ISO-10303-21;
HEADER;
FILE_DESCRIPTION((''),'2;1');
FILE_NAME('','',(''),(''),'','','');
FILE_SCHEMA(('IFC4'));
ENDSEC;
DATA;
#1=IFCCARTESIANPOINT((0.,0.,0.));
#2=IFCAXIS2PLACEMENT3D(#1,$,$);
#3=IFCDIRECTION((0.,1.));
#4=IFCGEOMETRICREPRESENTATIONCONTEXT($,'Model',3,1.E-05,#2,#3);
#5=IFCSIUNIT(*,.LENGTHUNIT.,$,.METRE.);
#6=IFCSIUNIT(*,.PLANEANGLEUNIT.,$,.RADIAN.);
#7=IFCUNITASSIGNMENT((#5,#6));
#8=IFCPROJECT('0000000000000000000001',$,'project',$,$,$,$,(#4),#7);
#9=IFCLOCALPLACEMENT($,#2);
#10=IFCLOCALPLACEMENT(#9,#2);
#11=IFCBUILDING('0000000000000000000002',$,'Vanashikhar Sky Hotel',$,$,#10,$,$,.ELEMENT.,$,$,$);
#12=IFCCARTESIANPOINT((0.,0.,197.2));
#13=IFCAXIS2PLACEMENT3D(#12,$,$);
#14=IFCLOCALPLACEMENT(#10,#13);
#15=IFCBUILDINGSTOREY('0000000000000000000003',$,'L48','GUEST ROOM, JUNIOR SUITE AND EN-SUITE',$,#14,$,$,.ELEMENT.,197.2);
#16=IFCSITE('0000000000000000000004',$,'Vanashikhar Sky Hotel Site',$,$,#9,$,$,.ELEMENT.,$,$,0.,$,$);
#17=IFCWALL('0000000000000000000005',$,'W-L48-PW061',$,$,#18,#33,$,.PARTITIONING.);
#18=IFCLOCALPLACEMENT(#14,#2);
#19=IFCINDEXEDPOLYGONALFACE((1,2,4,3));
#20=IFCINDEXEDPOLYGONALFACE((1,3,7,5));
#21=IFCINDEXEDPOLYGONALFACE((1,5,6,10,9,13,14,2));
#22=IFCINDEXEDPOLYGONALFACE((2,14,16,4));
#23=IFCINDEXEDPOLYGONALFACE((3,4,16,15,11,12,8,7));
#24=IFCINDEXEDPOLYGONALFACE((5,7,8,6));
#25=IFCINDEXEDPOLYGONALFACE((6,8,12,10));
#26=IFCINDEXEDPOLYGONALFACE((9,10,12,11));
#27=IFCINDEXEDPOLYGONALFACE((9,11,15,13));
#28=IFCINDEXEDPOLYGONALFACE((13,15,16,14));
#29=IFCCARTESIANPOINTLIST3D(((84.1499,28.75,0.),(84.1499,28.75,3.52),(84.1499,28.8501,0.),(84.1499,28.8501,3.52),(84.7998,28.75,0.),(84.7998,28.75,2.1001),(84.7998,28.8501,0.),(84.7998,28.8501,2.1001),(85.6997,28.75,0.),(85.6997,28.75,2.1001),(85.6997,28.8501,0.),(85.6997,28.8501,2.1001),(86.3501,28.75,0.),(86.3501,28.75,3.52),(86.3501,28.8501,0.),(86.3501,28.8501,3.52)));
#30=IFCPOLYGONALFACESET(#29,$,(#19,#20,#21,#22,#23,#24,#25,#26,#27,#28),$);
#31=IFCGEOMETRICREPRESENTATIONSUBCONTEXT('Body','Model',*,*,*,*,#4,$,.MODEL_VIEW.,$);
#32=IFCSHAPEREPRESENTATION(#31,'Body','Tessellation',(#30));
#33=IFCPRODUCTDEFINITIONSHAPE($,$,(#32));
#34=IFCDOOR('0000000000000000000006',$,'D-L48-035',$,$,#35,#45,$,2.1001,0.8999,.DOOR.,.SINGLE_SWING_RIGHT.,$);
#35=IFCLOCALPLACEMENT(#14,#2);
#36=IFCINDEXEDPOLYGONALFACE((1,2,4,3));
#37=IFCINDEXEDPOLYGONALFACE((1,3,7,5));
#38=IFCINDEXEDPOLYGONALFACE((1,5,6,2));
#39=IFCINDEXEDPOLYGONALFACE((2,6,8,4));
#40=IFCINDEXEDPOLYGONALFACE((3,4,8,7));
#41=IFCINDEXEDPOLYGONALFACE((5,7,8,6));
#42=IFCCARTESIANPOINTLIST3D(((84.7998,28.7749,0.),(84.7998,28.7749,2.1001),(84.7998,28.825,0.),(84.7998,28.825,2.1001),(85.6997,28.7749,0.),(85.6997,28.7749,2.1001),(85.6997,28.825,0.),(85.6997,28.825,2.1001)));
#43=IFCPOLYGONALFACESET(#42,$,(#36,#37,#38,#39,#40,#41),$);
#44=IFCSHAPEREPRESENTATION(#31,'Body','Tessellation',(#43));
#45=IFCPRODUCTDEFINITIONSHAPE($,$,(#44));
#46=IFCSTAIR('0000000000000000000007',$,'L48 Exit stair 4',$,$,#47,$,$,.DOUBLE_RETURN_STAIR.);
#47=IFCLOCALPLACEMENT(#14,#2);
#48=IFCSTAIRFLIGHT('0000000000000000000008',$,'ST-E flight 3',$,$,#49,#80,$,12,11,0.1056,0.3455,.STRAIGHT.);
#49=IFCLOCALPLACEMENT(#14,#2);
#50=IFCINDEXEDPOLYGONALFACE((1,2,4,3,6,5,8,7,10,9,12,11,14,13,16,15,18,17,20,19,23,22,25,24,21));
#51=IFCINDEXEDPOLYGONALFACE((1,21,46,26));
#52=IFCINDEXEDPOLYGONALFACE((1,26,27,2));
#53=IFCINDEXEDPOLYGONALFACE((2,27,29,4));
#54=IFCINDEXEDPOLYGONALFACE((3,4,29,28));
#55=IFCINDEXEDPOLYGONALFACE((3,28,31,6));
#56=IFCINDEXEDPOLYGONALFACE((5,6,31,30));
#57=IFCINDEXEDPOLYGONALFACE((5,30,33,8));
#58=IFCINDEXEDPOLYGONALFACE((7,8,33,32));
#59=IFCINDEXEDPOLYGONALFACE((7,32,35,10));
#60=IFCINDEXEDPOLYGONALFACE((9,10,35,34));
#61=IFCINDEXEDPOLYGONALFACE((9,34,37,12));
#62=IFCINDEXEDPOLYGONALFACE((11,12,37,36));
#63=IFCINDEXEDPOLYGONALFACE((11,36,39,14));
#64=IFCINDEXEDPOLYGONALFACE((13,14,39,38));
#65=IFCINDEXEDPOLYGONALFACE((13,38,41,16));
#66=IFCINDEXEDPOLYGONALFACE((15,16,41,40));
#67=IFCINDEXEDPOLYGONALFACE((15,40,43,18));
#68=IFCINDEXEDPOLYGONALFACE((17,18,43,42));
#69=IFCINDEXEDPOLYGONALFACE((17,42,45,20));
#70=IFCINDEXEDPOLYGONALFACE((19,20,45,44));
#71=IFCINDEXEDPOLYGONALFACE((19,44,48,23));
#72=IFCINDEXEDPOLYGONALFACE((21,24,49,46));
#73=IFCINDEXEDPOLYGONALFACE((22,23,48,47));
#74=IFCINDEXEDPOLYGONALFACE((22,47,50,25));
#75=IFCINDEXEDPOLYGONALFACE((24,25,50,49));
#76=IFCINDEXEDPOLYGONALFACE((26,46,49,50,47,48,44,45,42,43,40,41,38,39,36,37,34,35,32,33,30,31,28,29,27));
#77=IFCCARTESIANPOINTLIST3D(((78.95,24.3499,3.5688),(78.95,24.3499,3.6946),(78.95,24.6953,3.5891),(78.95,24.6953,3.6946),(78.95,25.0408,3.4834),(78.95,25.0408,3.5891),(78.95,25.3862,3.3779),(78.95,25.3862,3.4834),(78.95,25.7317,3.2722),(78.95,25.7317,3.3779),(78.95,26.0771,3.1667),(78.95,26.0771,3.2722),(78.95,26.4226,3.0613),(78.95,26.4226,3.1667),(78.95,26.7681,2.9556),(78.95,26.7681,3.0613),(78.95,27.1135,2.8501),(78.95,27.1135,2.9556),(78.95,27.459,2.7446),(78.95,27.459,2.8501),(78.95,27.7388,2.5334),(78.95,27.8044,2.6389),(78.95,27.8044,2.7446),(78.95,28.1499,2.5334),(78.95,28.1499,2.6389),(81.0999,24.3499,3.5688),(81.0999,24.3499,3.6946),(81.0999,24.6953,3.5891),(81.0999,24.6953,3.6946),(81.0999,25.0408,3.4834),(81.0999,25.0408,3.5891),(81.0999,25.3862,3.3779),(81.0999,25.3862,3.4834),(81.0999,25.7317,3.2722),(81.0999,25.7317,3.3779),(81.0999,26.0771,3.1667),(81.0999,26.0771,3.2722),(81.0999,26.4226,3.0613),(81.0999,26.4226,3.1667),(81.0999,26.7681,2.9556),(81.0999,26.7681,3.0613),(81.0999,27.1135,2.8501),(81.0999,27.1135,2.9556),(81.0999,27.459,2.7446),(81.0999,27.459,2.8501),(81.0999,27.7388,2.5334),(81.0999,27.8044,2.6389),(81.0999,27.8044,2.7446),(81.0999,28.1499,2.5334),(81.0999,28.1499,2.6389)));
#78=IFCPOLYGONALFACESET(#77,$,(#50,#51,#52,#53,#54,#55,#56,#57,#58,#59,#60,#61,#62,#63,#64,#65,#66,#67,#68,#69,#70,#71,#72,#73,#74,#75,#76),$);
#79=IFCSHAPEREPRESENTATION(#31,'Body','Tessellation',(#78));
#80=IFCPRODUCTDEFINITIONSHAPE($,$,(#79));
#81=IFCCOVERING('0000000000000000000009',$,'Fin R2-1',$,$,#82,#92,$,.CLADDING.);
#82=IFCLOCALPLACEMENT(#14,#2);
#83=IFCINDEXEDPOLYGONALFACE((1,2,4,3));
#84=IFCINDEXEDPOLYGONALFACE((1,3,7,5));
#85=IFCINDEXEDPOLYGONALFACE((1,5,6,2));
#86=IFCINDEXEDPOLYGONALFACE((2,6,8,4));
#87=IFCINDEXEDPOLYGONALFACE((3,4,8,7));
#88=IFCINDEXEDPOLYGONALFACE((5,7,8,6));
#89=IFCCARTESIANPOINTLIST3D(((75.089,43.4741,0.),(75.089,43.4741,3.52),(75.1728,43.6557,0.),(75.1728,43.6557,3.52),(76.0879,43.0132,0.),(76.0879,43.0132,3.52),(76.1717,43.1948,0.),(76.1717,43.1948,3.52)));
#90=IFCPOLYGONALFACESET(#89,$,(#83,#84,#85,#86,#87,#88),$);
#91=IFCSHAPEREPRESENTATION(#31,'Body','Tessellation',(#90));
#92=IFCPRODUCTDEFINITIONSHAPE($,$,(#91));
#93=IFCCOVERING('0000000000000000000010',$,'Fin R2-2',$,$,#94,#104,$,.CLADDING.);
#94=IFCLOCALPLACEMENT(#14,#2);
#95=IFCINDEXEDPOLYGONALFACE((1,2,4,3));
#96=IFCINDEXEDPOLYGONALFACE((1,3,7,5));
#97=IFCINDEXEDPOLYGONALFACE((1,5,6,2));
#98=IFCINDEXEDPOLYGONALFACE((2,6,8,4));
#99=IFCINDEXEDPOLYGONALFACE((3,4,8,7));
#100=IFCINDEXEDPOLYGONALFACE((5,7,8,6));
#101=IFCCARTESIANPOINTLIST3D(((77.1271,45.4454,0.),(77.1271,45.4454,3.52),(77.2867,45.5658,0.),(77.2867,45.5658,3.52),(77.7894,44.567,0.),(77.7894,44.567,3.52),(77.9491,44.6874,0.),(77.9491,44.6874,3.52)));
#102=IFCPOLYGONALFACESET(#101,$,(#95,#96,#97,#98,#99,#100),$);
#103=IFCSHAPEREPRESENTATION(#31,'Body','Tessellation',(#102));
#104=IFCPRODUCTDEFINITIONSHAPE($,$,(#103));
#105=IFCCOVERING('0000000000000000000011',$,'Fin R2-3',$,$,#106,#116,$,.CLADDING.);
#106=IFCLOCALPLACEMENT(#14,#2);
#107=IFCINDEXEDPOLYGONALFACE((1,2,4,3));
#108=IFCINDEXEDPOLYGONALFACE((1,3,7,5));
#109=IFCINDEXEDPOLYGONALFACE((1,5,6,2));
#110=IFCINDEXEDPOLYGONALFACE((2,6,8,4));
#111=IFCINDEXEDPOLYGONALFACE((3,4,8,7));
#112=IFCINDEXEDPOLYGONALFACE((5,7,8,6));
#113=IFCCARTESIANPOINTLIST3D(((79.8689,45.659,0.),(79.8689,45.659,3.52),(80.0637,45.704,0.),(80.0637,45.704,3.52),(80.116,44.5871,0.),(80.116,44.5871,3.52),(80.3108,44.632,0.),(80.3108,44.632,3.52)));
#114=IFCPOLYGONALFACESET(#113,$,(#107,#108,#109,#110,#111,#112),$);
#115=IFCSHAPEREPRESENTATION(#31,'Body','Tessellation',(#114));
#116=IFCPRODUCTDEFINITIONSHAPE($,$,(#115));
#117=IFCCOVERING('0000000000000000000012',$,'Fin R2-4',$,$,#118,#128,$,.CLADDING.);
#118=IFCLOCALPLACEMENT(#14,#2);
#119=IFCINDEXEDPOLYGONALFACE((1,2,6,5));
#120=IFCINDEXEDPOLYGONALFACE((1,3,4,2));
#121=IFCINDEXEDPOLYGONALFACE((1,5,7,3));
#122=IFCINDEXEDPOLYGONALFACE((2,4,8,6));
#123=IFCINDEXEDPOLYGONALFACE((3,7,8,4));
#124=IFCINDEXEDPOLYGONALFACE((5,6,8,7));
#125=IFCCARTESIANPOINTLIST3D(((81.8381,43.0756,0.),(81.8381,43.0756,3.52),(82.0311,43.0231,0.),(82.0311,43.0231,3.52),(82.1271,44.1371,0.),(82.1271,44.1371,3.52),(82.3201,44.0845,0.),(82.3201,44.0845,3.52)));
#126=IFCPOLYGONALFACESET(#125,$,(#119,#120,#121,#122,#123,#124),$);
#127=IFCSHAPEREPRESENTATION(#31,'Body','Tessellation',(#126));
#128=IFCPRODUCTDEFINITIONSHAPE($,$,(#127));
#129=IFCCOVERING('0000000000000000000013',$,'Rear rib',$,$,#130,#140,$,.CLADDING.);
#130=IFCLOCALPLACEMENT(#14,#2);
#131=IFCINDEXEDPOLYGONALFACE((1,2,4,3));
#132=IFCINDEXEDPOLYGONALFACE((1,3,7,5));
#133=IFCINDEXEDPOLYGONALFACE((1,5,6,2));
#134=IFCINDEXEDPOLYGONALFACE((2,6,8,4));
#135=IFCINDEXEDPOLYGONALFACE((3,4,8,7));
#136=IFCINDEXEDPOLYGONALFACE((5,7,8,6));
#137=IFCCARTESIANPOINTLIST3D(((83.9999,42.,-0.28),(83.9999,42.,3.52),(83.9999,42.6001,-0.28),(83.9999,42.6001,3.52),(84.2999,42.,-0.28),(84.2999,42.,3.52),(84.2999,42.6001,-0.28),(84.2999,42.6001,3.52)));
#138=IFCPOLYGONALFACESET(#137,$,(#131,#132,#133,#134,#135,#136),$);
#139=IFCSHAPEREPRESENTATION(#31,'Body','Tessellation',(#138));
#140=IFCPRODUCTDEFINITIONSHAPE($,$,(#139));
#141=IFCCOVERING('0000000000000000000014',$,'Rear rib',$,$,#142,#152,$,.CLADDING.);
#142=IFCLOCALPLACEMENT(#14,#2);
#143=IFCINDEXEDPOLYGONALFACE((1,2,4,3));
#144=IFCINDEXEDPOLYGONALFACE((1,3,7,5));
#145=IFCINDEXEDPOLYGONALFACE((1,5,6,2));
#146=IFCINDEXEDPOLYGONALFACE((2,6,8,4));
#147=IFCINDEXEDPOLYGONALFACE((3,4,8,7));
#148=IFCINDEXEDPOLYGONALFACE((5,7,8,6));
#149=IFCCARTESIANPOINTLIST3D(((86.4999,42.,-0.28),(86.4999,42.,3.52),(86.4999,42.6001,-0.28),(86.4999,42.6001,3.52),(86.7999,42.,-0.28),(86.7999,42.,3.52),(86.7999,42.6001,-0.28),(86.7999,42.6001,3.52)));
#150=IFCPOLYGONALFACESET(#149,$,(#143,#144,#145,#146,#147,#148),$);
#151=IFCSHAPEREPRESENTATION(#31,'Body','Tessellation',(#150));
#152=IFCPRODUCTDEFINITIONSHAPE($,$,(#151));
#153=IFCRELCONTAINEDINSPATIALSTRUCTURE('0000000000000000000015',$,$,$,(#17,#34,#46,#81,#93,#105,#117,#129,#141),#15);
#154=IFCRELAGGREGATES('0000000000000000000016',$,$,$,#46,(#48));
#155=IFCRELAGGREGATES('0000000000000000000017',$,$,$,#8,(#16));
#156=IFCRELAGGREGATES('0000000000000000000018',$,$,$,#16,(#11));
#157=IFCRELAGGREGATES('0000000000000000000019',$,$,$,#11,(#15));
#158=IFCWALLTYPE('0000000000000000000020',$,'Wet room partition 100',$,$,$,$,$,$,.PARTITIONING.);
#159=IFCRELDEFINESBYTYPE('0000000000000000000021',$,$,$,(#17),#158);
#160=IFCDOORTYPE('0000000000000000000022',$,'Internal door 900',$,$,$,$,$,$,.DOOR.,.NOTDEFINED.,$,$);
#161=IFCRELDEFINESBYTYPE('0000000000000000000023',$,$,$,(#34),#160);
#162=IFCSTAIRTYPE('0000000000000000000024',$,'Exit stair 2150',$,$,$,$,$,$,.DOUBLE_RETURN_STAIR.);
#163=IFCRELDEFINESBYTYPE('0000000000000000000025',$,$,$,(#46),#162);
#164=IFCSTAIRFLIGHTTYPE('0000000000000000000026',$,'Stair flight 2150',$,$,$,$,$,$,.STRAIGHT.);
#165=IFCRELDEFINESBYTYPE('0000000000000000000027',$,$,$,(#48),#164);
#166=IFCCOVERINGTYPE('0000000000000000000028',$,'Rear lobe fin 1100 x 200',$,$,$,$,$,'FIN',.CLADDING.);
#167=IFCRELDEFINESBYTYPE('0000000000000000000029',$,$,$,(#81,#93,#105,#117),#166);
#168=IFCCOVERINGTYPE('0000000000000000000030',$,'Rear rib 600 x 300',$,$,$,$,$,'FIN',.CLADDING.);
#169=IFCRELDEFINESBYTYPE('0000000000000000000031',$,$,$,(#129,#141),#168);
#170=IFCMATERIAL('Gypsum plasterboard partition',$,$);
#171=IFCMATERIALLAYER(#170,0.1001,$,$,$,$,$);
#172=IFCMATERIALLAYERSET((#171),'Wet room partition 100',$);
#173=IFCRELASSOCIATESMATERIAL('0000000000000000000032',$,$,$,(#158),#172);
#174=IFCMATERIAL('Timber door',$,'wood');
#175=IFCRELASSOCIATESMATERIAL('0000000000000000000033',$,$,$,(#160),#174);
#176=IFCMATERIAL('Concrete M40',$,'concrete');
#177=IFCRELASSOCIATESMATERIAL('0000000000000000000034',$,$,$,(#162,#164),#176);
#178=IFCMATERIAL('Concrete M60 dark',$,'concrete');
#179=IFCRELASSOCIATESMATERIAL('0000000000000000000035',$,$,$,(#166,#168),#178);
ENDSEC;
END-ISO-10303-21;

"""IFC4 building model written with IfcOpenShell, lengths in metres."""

from ifc_helpers import new_model, si_unit, direction, frame, frame_2d, origin, origin_2d, place, context, subcontext, project, spatial, polyline, rectangle, outline, extrude, source, transform, mapped, material, layer, layer_set, material_profile, profile_set, type_object, element, fill, aggregate, save


model = new_model("IFC4")

# Units and contexts
model_context = context("Model", 3, precision=1e-05, world=origin(), true_north=direction((0.0, 1.0)))
body_context = subcontext(model_context, "Body", "Model", "MODEL_VIEW")
ifc_project = project(units=[si_unit("LENGTHUNIT", "METRE"), si_unit("PLANEANGLEUNIT", "RADIAN")], contexts=[model_context])

# Site, building, storey
site_placement = place(None, origin())
site = spatial("IfcSite", under=ifc_project, at=site_placement, Name="Vanashikhar Sky Hotel Site", CompositionType="ELEMENT", RefElevation=0.0)
building_placement = place(site_placement, origin())
building = spatial("IfcBuilding", under=site, at=building_placement, Name="Vanashikhar Sky Hotel", CompositionType="ELEMENT")
storey_placement = place(building_placement, frame((0.0, 0.0, 197.2)))
storey = spatial("IfcBuildingStorey", under=building, at=storey_placement, Name="L48", Description="GUEST ROOM, JUNIOR SUITE AND EN-SUITE", CompositionType="ELEMENT", Elevation=197.2)

# Wall, opening, door
ifc_material_1 = material(Name="Gypsum plasterboard partition")
ifc_layer_1 = layer(ifc_material_1, 0.1001)
ifc_layer_set_1 = layer_set([ifc_layer_1], Name="Wet room partition 100")
wall_type_1 = type_object("IfcWallType", Name="Wet room partition 100", PredefinedType="PARTITIONING", material=ifc_layer_set_1)
shared_shape_1 = source(origin(), body_context, "Body", "SweptSolid", [
    extrude(rectangle(XDim=0.8999, YDim=2.1001, at=frame_2d((0.45, 1.05))), frame((0.0, 0.0601, 0.0), z_axis=(0.0, -1.0, 0.0), x_axis=(1.0, 0.0, 0.0)), (0.0, 0.0, 1.0), 0.1201),
])
ifc_material_2 = material(Name="Timber door", Category="wood")
door_type_1 = type_object("IfcDoorType", Name="Internal door 900", OperationType="NOTDEFINED", PredefinedType="DOOR", material=ifc_material_2)
shared_shape_2 = source(origin(), body_context, "Body", "SweptSolid", [
    extrude(rectangle(XDim=0.8999, YDim=2.1001, at=frame_2d((0.45, 1.05))), frame((0.0, 0.0249, 0.0), z_axis=(0.0, -1.0, 0.0), x_axis=(1.0, 0.0, 0.0)), (0.0, 0.0, 1.0), 0.05),
])
shared_shape_3 = source(origin(), body_context, "Body", "SweptSolid", [
    extrude(rectangle(XDim=2.2002, YDim=0.1001, at=frame_2d((1.1001, 0.0))), origin(), (0.0, 0.0, 1.0), 3.52),
])
wall_1_placement = place(storey_placement, frame((84.1499, 28.8, 0.0), z_axis=(0.0, 0.0, 1.0), x_axis=(1.0, 0.0, 0.0)))
wall_1 = element("IfcWall", 1, at=wall_1_placement, inside=storey, type_object=wall_type_1, Name="W-L48-PW061", PredefinedType="PARTITIONING", context=body_context, shape_type="MappedRepresentation", body=[
    mapped(shared_shape_3, transform((0.0, 0.0, 0.0), scale=1.0)),
])
opening_1_placement = place(wall_1_placement, frame((0.6499, 0.0, 0.0)))
opening_1 = element("IfcOpeningElement", 2, at=opening_1_placement, cuts=wall_1, PredefinedType="OPENING", context=body_context, shape_type="MappedRepresentation", body=[
    mapped(shared_shape_1, transform((0.0, 0.0, 0.0), scale=1.0)),
])
door_1_placement = place(opening_1_placement, origin())
door_1 = element("IfcDoor", 3, at=door_1_placement, inside=storey, type_object=door_type_1, Name="D-L48-035", OperationType="SINGLE_SWING_RIGHT", OverallHeight=2.1001, OverallWidth=0.8999, PredefinedType="DOOR", context=body_context, shape_type="MappedRepresentation", body=[
    mapped(shared_shape_2, transform((0.0, 0.0, 0.0), scale=1.0)),
])
fill(opening_1, door_1)

# Stair, stair flight
ifc_material_3 = material(Name="Concrete M40", Category="concrete")
stair_type = type_object("IfcStairType", Name="Exit stair 2150", PredefinedType="DOUBLE_RETURN_STAIR", material=ifc_material_3)
stair_placement = place(storey_placement, origin())
stair = element("IfcStair", 4, at=stair_placement, inside=storey, type_object=stair_type, Name="L48 Exit stair 4", PredefinedType="DOUBLE_RETURN_STAIR")
stair_flight_type = type_object("IfcStairFlightType", Name="Stair flight 2150", PredefinedType="STRAIGHT", material=ifc_material_3)
shared_shape_4 = source(origin(), body_context, "Body", "SweptSolid", [
    extrude(outline(polyline([(0.0, 0.0), (0.0, 0.1055), (0.3455, 0.1055), (0.3455, 0.2112), (0.6909, 0.2112), (0.6909, 0.3167), (1.0364, 0.3167), (1.0364, 0.4221), (1.3818, 0.4221), (1.3818, 0.5278), (1.7273, 0.5278), (1.7273, 0.6333), (2.0728, 0.6333), (2.0728, 0.7388), (2.4182, 0.7388), (2.4182, 0.8445), (2.7637, 0.8445), (2.7637, 0.95), (3.1091, 0.95), (3.1091, 1.0557), (3.4546, 1.0557), (3.4546, 1.1611), (3.8, 1.1611), (3.8, 1.2666), (3.8, 1.0354), (0.4111, 0.0), (0.0, 0.0)])), frame((0.0, 1.075, 0.0), z_axis=(0.0, -1.0, 0.0), x_axis=(1.0, 0.0, 0.0)), (0.0, 0.0, 1.0), 2.1499),
])
stair_flight_placement = place(storey_placement, frame((80.0249, 28.1499, 2.5334), z_axis=(0.0, 0.0, 1.0), x_axis=(0.0, -1.0, 0.0)))
stair_flight = element("IfcStairFlight", 5, at=stair_flight_placement, type_object=stair_flight_type, Name="ST-E flight 3", NumberOfRisers=12, NumberOfTreads=11, PredefinedType="STRAIGHT", RiserHeight=0.1056, TreadLength=0.3455, context=body_context, shape_type="MappedRepresentation", body=[
    mapped(shared_shape_4, transform((0.0, 0.0, 0.0), scale=1.0)),
])
aggregate(stair, [stair_flight])

# Coverings
ifc_material_4 = material(Name="Concrete M60 dark", Category="concrete")
ifc_material_profile_1 = material_profile(ifc_material_4, rectangle(XDim=1.1001, YDim=0.2, at=origin_2d()))
ifc_profile_set_1 = profile_set([ifc_material_profile_1], Name="Rear lobe fin 1100 x 200")
covering_type_1 = type_object("IfcCoveringType", Name="Rear lobe fin 1100 x 200", ElementType="FIN", PredefinedType="CLADDING", material=ifc_profile_set_1)
shared_shape_5 = source(origin(), body_context, "Body", "SweptSolid", [
    extrude(rectangle(XDim=1.1001, YDim=0.2, at=origin_2d()), origin(), (0.0, 0.0, 1.0), 3.52),
])
for number, where, z_axis, x_axis, name in (
    (6, (75.6304, 43.3345, 0.0), (0.0, 0.0, 1.0), (-0.908004, 0.418961, 0.0), "Fin R2-1"),
    (7, (77.5381, 45.0664, 0.0), (0.0, 0.0, 1.0), (-0.602066, 0.798446, 0.0), "Fin R2-2"),
    (8, (80.0898, 45.1455, 0.0), (0.0, 0.0, 1.0), (-0.224645, 0.974441, 0.0), "Fin R2-3"),
    (9, (82.0791, 43.5801, 0.0), (0.0, 0.0, 1.0), (0.262711, 0.964874, 0.0), "Fin R2-4"),
):
    element("IfcCovering", number, at=place(storey_placement, frame(where, z_axis=z_axis, x_axis=x_axis)), inside=storey, type_object=covering_type_1, Name=name, PredefinedType="CLADDING", context=body_context, shape_type="MappedRepresentation", body=[
        mapped(shared_shape_5, transform((0.0, 0.0, 0.0), scale=1.0)),
    ])
ifc_material_profile_2 = material_profile(ifc_material_4, rectangle(XDim=0.6001, YDim=0.3, at=origin_2d()))
ifc_profile_set_2 = profile_set([ifc_material_profile_2], Name="Rear rib 600 x 300")
covering_type_2 = type_object("IfcCoveringType", Name="Rear rib 600 x 300", ElementType="FIN", PredefinedType="CLADDING", material=ifc_profile_set_2)
shared_shape_6 = source(origin(), body_context, "Body", "SweptSolid", [
    extrude(rectangle(XDim=0.6001, YDim=0.3, at=origin_2d()), origin(), (0.0, 0.0, 1.0), 3.8),
])
for number, where, z_axis, x_axis, name in (
    (10, (84.1499, 42.3, -0.28), (0.0, 0.0, 1.0), (0.0, 1.0, 0.0), "Rear rib"),
    (11, (86.6499, 42.3, -0.28), (0.0, 0.0, 1.0), (0.0, 1.0, 0.0), "Rear rib"),
):
    element("IfcCovering", number, at=place(storey_placement, frame(where, z_axis=z_axis, x_axis=x_axis)), inside=storey, type_object=covering_type_2, Name=name, PredefinedType="CLADDING", context=body_context, shape_type="MappedRepresentation", body=[
        mapped(shared_shape_6, transform((0.0, 0.0, 0.0), scale=1.0)),
    ])

save(model, "model.ifc")
